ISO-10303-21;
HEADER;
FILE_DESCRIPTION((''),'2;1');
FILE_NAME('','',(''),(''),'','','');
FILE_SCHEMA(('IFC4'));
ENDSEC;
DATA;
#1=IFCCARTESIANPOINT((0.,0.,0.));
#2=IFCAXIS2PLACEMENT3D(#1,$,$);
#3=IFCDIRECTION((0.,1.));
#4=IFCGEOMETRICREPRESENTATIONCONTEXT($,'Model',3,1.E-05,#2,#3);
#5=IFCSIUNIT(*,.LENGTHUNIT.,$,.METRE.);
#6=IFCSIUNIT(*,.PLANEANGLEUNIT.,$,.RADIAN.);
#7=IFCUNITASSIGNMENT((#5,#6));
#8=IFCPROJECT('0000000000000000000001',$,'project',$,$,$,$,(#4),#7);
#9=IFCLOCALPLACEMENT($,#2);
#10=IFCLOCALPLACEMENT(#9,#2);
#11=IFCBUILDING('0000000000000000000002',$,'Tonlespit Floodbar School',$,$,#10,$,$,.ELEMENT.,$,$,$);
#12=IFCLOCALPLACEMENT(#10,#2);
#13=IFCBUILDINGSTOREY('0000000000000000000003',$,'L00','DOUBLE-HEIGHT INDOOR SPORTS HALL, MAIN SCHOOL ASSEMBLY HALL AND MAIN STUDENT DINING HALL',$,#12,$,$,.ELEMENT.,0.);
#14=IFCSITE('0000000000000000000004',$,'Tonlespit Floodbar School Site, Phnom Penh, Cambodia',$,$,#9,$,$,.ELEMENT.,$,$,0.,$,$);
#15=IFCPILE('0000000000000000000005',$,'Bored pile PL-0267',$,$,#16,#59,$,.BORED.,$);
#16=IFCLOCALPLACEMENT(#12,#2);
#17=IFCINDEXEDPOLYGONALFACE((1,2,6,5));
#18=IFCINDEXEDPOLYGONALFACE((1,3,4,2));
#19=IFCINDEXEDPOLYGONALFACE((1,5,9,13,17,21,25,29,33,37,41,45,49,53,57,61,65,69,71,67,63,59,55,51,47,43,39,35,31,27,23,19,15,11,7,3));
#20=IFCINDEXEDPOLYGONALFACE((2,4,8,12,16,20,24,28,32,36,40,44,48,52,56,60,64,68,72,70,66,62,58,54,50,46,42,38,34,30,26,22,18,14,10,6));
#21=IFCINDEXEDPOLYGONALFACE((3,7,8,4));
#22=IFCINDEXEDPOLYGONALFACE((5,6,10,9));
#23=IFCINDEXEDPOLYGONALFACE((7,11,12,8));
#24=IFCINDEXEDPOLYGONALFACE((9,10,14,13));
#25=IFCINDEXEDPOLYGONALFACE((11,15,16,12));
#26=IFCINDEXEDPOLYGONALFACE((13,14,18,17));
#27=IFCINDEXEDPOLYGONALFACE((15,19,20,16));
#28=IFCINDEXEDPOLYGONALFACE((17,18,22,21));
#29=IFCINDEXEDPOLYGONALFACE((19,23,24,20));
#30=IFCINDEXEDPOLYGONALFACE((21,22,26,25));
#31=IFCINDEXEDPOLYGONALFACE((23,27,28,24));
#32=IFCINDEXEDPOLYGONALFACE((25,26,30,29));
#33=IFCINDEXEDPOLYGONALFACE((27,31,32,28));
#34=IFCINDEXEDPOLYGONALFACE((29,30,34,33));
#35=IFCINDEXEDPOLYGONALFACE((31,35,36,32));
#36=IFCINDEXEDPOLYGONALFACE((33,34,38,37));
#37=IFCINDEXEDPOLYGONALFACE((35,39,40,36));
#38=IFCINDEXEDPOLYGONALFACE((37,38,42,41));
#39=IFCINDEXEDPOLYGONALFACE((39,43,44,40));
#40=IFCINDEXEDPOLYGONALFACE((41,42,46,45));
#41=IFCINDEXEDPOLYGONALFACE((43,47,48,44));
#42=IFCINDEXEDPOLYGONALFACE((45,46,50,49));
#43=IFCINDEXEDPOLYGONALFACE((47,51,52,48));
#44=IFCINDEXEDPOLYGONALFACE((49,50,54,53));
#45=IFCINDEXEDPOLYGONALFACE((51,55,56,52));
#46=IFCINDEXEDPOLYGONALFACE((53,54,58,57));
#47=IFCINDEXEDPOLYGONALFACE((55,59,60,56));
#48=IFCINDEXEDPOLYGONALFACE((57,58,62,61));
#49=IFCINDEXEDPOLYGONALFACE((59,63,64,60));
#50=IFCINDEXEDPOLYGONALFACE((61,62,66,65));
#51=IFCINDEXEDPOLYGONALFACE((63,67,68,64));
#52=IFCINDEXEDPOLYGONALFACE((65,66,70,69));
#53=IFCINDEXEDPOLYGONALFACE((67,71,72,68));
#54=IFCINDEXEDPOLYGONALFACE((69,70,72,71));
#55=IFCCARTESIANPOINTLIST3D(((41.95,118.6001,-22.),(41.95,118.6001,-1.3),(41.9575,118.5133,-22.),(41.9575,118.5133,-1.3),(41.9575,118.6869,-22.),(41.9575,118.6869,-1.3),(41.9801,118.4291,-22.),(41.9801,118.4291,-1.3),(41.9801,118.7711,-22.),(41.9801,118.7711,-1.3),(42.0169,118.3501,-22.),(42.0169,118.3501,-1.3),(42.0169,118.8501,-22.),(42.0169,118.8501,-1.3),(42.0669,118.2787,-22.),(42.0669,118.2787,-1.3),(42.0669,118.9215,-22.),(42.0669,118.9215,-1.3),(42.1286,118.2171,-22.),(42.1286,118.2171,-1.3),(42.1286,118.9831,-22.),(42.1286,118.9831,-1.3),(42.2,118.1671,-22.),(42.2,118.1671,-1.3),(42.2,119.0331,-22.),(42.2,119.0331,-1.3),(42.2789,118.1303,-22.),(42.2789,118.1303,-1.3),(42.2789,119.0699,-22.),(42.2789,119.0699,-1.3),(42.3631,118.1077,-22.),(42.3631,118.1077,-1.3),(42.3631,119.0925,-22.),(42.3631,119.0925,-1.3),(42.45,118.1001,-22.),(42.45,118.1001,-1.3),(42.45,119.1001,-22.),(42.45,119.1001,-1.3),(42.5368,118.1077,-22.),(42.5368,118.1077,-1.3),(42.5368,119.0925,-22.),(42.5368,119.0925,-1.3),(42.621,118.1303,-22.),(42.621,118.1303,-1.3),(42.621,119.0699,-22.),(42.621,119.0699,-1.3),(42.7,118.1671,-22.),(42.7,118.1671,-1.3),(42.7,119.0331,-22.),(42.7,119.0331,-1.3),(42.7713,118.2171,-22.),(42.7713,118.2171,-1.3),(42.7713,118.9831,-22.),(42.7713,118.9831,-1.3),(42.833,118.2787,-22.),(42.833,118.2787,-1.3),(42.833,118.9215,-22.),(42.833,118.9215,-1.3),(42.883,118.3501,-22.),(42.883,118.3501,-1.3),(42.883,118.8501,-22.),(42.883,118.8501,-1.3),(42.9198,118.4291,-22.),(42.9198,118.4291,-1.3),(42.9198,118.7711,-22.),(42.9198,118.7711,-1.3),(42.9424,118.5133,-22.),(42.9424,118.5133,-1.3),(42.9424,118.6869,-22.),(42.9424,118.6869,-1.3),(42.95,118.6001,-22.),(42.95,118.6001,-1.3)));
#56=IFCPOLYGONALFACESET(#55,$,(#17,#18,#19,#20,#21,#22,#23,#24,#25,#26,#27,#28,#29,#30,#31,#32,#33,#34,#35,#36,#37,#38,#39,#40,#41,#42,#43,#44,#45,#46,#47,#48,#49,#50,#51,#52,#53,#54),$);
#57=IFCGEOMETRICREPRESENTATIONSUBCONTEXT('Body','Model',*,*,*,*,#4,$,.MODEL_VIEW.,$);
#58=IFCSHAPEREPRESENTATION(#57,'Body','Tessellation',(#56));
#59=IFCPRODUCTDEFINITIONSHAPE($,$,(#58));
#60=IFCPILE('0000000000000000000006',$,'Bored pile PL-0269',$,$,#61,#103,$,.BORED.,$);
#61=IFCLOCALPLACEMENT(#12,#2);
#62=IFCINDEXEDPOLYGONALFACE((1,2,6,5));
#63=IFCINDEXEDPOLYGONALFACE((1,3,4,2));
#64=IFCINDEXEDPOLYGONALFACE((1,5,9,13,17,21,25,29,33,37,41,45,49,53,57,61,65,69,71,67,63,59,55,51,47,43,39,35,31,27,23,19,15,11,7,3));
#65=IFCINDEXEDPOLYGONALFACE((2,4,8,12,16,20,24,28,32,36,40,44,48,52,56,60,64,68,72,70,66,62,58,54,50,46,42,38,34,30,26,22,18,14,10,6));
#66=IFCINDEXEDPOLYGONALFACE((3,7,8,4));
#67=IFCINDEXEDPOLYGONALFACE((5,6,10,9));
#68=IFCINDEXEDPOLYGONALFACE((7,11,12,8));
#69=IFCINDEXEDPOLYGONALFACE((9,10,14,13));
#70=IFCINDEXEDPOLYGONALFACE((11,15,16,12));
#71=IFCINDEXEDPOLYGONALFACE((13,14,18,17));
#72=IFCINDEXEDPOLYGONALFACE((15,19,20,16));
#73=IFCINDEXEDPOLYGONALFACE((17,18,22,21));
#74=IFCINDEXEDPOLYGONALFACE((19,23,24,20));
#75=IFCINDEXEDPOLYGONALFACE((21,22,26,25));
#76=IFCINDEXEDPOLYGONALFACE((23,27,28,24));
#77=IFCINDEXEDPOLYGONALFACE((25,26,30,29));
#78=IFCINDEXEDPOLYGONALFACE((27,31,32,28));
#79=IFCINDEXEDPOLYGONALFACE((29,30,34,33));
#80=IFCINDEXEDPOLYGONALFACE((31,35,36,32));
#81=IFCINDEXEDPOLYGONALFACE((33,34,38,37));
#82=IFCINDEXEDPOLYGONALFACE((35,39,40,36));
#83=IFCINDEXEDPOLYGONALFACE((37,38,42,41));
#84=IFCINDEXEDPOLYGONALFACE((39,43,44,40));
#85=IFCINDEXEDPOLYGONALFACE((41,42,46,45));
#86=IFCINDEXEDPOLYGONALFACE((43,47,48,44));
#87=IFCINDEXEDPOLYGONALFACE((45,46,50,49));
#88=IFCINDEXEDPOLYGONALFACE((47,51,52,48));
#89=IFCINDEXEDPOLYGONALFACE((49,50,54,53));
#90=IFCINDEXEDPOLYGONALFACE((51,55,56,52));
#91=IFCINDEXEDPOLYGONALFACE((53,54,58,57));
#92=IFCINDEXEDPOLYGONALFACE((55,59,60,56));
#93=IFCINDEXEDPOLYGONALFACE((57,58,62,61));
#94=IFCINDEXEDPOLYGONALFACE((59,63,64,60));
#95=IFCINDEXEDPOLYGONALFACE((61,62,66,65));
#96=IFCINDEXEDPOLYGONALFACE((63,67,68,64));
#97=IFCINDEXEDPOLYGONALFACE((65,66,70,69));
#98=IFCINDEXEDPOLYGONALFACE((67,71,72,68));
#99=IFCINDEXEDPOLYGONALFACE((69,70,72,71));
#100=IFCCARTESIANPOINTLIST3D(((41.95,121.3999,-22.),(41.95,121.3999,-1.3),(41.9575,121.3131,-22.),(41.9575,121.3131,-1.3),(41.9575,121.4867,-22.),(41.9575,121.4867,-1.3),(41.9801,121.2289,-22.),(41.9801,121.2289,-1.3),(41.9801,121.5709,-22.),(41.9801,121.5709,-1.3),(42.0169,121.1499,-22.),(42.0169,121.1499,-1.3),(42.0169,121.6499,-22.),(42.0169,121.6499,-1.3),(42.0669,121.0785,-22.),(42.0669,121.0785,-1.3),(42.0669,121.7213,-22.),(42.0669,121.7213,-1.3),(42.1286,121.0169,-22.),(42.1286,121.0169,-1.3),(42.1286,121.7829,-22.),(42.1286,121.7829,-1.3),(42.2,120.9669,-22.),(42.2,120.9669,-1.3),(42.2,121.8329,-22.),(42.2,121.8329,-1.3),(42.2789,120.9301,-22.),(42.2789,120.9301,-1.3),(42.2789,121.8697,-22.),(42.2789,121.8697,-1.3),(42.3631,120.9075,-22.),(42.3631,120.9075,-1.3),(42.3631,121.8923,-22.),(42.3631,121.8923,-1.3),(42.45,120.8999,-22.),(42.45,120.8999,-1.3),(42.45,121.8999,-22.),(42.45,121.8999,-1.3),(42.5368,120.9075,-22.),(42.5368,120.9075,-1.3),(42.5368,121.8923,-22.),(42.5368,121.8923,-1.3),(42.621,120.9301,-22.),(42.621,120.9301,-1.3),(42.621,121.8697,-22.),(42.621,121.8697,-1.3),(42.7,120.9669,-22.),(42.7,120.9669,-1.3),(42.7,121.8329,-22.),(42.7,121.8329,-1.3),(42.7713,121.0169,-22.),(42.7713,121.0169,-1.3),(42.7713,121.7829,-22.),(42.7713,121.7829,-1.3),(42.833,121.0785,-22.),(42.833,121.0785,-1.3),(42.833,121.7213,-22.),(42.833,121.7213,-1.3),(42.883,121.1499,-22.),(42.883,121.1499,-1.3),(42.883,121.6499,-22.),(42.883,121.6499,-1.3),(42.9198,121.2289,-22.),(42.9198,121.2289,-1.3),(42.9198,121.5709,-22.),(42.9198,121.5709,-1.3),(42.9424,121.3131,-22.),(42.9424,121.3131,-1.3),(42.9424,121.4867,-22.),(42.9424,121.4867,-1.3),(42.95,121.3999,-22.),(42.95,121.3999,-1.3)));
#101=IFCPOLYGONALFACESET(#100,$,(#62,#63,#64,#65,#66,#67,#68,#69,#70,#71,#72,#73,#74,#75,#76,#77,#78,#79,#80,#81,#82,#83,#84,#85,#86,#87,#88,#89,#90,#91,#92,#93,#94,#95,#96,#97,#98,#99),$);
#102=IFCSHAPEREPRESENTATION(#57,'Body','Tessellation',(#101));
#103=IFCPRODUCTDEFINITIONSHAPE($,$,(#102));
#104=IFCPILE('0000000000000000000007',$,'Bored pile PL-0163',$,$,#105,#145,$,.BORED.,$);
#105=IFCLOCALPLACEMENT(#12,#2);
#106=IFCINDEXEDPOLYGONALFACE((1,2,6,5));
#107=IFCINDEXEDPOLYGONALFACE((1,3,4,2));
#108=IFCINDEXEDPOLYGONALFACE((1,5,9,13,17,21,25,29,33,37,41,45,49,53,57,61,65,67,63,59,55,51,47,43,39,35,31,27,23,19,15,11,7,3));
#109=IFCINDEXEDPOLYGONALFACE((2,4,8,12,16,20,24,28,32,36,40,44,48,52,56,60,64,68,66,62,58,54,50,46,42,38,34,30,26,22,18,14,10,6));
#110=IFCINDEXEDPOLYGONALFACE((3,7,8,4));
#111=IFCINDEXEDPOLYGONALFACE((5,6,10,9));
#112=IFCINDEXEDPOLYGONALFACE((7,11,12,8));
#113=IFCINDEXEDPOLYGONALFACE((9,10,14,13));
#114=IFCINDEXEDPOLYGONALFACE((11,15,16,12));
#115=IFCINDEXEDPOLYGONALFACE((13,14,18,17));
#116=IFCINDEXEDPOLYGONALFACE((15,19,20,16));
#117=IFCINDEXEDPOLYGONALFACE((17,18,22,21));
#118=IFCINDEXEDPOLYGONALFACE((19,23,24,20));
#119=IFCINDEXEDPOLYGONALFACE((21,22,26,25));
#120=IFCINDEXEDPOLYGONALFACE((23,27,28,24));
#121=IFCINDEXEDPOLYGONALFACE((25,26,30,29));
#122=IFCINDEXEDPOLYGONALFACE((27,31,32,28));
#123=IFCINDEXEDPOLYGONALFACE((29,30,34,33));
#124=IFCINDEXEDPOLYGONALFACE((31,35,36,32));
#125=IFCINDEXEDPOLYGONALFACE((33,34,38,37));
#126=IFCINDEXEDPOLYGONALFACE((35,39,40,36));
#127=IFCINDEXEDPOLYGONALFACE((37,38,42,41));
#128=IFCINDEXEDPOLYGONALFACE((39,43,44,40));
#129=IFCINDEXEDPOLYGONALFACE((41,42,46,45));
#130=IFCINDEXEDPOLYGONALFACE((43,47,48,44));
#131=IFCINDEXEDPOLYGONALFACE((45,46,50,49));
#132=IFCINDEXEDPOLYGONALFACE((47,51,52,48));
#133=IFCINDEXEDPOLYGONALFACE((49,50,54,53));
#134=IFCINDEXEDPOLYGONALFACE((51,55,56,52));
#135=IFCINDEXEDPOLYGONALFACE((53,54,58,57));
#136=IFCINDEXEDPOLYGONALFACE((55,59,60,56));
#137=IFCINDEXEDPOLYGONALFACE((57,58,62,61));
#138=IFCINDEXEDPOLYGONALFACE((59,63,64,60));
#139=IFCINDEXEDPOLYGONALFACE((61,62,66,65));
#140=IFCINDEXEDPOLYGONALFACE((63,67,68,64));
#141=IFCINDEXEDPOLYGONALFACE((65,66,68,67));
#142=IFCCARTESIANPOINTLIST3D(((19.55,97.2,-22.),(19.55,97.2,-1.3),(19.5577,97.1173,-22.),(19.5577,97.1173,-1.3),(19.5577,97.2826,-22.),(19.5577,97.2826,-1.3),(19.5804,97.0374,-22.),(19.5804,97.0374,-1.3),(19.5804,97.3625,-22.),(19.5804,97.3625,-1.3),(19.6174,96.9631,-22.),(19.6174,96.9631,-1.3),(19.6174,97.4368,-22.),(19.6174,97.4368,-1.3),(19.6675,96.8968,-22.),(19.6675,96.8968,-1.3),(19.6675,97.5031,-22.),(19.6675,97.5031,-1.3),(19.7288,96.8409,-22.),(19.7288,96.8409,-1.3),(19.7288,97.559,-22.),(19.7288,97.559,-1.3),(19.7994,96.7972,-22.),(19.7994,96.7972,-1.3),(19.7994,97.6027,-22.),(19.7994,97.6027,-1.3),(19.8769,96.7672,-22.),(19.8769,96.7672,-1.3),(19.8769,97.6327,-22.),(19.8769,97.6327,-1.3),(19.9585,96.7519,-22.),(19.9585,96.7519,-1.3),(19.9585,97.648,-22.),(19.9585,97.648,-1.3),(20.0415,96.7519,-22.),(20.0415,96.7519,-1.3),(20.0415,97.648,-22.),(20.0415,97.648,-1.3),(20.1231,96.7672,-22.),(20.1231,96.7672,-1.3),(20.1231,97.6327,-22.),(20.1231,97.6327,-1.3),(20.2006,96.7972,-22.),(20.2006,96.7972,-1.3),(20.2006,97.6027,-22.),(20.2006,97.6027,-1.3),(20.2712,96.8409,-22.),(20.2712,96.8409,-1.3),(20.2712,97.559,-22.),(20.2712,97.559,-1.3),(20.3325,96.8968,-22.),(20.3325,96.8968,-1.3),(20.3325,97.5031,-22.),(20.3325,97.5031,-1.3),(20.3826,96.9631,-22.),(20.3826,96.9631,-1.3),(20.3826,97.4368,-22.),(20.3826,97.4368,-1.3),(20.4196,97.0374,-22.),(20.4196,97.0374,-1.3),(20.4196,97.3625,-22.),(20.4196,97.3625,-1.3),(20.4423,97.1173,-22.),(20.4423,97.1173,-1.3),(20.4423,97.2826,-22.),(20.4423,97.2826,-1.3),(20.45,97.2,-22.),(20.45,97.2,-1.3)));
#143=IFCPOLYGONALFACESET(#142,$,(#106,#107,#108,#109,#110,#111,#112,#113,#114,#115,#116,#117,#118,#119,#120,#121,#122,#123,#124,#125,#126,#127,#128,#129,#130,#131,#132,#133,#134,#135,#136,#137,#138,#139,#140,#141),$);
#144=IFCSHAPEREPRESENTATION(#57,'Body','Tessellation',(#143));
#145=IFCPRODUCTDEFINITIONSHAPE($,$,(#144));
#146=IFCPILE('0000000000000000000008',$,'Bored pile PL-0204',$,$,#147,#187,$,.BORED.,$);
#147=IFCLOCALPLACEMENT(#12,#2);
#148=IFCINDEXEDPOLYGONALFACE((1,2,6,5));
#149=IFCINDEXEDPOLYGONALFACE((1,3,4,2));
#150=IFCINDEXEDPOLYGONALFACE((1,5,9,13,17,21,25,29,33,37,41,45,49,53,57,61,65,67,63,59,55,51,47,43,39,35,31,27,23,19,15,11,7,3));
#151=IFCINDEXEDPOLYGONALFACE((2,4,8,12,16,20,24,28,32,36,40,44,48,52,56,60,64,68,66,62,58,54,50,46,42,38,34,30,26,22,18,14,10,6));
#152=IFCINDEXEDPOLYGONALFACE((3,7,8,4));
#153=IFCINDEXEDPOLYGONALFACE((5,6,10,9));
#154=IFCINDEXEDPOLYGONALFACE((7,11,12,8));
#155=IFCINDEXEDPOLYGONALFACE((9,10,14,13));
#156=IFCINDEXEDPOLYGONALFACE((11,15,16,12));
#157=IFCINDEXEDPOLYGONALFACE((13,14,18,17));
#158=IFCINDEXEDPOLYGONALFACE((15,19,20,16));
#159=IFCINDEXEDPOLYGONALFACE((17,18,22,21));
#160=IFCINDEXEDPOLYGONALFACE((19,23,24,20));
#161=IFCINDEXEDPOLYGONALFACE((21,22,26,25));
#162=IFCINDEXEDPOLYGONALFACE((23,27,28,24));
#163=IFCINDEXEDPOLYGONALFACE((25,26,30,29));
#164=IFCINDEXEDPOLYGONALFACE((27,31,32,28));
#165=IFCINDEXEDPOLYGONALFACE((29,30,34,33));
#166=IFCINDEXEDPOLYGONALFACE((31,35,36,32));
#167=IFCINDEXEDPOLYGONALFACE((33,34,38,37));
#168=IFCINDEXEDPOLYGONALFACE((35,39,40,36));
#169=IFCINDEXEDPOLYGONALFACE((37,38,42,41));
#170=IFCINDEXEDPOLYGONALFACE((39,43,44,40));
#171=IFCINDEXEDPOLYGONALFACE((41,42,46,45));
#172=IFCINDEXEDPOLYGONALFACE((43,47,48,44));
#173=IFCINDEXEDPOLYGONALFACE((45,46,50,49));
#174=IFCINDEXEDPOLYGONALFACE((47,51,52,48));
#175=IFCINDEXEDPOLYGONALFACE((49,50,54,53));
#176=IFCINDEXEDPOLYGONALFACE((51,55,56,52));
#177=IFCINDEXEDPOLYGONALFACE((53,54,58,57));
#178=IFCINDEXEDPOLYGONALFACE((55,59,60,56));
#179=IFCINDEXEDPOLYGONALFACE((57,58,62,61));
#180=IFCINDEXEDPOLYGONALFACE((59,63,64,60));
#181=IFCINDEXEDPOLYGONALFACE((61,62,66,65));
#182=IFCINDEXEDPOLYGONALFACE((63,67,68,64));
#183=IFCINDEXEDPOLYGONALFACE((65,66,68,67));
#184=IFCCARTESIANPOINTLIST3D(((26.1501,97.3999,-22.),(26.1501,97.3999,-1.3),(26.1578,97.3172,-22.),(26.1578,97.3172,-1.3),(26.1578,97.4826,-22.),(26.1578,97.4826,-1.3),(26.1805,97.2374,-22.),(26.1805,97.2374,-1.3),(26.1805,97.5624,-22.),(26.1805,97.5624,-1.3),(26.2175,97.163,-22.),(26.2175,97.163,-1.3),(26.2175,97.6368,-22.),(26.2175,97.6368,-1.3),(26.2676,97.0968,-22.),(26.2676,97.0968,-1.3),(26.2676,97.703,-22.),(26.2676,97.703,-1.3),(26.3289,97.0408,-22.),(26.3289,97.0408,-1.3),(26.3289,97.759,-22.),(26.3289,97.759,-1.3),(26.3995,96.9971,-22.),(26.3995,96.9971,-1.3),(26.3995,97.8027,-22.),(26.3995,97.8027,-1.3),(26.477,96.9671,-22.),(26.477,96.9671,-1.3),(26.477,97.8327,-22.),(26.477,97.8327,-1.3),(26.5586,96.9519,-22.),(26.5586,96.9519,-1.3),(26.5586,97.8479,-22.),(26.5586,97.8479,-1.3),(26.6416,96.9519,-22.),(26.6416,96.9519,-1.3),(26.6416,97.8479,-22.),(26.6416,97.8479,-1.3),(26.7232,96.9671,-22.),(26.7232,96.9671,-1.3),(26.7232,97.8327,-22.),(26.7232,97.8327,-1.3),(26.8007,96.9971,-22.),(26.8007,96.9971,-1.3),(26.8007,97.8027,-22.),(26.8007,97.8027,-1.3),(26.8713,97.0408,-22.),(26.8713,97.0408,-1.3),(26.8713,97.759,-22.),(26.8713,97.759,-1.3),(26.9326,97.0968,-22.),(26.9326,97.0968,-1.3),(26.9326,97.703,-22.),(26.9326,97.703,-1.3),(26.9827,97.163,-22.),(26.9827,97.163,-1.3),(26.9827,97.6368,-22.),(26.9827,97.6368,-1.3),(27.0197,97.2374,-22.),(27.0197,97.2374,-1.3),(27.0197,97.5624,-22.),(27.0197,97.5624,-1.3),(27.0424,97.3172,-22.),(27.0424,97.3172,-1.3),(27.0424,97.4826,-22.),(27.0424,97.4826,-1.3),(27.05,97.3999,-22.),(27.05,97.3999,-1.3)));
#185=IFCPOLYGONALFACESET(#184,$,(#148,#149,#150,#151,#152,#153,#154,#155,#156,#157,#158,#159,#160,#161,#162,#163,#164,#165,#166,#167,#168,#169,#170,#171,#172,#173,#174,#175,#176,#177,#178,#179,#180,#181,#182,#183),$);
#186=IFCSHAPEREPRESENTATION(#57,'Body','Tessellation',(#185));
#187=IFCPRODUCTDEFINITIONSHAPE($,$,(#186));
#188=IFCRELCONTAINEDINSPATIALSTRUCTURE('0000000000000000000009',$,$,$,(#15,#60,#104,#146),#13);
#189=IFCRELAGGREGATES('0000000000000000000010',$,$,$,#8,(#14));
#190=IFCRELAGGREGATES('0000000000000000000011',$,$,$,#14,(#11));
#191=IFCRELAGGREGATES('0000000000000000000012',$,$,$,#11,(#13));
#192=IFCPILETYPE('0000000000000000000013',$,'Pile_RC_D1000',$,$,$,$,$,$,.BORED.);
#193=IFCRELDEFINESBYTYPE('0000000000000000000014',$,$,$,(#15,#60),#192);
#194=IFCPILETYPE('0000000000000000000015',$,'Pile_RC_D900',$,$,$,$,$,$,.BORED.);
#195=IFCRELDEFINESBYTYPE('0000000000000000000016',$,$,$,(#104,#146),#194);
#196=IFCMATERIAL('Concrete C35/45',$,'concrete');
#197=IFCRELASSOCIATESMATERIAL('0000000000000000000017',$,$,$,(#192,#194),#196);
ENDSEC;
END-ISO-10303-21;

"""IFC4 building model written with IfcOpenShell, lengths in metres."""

from ifc_helpers import new_model, si_unit, direction, frame, origin, origin_2d, place, context, subcontext, project, spatial, circle, extrude, material, material_profile, profile_set, type_object, element, save


model = new_model("IFC4")

# Units and contexts
model_context = context("Model", 3, precision=1e-05, world=origin(), true_north=direction((0.0, 1.0)))
body_context = subcontext(model_context, "Body", "Model", "MODEL_VIEW")
ifc_project = project(units=[si_unit("LENGTHUNIT", "METRE"), si_unit("PLANEANGLEUNIT", "RADIAN")], contexts=[model_context])

# Site, building, storey
site_placement = place(None, origin())
site = spatial("IfcSite", under=ifc_project, at=site_placement, Name="Tonlespit Floodbar School Site, Phnom Penh, Cambodia", CompositionType="ELEMENT", RefElevation=0.0)
building_placement = place(site_placement, origin())
building = spatial("IfcBuilding", under=site, at=building_placement, Name="Tonlespit Floodbar School", CompositionType="ELEMENT")
storey_placement = place(building_placement, origin())
storey = spatial("IfcBuildingStorey", under=building, at=storey_placement, Name="L00", Description="DOUBLE-HEIGHT INDOOR SPORTS HALL, MAIN SCHOOL ASSEMBLY HALL AND MAIN STUDENT DINING HALL", CompositionType="ELEMENT", Elevation=0.0)

# Piles
ifc_material_1 = material(Name="Concrete C35/45", Category="concrete")
ifc_material_profile_1 = material_profile(ifc_material_1, circle(Radius=0.5, at=origin_2d()), Name="BP D1000")
ifc_profile_set_1 = profile_set([ifc_material_profile_1], Name="Concrete C35/45")
pile_type_1 = type_object("IfcPileType", Name="Pile_RC_D1000", PredefinedType="BORED", material=ifc_profile_set_1)
for number, where, z_axis, x_axis, name in (
    (1, (42.45, 118.6001, -1.3), (0.0, 0.0, -1.0), (1.0, 0.0, 0.0), "Bored pile PL-0267"),
    (2, (42.45, 121.3999, -1.3), (0.0, 0.0, -1.0), (1.0, 0.0, 0.0), "Bored pile PL-0269"),
):
    element("IfcPile", number, at=place(storey_placement, frame(where, z_axis=z_axis, x_axis=x_axis)), inside=storey, type_object=pile_type_1, Name=name, PredefinedType="BORED", context=body_context, shape_type="SweptSolid", body=[
        extrude(circle(Radius=0.5, at=origin_2d()), origin(), (0.0, 0.0, 1.0), 20.7),
    ])
ifc_material_profile_2 = material_profile(ifc_material_1, circle(Radius=0.45, at=origin_2d()), Name="BP D900")
ifc_profile_set_2 = profile_set([ifc_material_profile_2], Name="Concrete C35/45")
pile_type_2 = type_object("IfcPileType", Name="Pile_RC_D900", PredefinedType="BORED", material=ifc_profile_set_2)
for number, where, z_axis, x_axis, name in (
    (3, (20.0, 97.2, -1.3), (0.0, 0.0, -1.0), (1.0, 0.0, 0.0), "Bored pile PL-0163"),
    (4, (26.6001, 97.3999, -1.3), (0.0, 0.0, -1.0), (1.0, 0.0, 0.0), "Bored pile PL-0204"),
):
    element("IfcPile", number, at=place(storey_placement, frame(where, z_axis=z_axis, x_axis=x_axis)), inside=storey, type_object=pile_type_2, Name=name, PredefinedType="BORED", context=body_context, shape_type="SweptSolid", body=[
        extrude(circle(Radius=0.45, at=origin_2d()), origin(), (0.0, 0.0, 1.0), 20.7),
    ])

save(model, "model.ifc")
